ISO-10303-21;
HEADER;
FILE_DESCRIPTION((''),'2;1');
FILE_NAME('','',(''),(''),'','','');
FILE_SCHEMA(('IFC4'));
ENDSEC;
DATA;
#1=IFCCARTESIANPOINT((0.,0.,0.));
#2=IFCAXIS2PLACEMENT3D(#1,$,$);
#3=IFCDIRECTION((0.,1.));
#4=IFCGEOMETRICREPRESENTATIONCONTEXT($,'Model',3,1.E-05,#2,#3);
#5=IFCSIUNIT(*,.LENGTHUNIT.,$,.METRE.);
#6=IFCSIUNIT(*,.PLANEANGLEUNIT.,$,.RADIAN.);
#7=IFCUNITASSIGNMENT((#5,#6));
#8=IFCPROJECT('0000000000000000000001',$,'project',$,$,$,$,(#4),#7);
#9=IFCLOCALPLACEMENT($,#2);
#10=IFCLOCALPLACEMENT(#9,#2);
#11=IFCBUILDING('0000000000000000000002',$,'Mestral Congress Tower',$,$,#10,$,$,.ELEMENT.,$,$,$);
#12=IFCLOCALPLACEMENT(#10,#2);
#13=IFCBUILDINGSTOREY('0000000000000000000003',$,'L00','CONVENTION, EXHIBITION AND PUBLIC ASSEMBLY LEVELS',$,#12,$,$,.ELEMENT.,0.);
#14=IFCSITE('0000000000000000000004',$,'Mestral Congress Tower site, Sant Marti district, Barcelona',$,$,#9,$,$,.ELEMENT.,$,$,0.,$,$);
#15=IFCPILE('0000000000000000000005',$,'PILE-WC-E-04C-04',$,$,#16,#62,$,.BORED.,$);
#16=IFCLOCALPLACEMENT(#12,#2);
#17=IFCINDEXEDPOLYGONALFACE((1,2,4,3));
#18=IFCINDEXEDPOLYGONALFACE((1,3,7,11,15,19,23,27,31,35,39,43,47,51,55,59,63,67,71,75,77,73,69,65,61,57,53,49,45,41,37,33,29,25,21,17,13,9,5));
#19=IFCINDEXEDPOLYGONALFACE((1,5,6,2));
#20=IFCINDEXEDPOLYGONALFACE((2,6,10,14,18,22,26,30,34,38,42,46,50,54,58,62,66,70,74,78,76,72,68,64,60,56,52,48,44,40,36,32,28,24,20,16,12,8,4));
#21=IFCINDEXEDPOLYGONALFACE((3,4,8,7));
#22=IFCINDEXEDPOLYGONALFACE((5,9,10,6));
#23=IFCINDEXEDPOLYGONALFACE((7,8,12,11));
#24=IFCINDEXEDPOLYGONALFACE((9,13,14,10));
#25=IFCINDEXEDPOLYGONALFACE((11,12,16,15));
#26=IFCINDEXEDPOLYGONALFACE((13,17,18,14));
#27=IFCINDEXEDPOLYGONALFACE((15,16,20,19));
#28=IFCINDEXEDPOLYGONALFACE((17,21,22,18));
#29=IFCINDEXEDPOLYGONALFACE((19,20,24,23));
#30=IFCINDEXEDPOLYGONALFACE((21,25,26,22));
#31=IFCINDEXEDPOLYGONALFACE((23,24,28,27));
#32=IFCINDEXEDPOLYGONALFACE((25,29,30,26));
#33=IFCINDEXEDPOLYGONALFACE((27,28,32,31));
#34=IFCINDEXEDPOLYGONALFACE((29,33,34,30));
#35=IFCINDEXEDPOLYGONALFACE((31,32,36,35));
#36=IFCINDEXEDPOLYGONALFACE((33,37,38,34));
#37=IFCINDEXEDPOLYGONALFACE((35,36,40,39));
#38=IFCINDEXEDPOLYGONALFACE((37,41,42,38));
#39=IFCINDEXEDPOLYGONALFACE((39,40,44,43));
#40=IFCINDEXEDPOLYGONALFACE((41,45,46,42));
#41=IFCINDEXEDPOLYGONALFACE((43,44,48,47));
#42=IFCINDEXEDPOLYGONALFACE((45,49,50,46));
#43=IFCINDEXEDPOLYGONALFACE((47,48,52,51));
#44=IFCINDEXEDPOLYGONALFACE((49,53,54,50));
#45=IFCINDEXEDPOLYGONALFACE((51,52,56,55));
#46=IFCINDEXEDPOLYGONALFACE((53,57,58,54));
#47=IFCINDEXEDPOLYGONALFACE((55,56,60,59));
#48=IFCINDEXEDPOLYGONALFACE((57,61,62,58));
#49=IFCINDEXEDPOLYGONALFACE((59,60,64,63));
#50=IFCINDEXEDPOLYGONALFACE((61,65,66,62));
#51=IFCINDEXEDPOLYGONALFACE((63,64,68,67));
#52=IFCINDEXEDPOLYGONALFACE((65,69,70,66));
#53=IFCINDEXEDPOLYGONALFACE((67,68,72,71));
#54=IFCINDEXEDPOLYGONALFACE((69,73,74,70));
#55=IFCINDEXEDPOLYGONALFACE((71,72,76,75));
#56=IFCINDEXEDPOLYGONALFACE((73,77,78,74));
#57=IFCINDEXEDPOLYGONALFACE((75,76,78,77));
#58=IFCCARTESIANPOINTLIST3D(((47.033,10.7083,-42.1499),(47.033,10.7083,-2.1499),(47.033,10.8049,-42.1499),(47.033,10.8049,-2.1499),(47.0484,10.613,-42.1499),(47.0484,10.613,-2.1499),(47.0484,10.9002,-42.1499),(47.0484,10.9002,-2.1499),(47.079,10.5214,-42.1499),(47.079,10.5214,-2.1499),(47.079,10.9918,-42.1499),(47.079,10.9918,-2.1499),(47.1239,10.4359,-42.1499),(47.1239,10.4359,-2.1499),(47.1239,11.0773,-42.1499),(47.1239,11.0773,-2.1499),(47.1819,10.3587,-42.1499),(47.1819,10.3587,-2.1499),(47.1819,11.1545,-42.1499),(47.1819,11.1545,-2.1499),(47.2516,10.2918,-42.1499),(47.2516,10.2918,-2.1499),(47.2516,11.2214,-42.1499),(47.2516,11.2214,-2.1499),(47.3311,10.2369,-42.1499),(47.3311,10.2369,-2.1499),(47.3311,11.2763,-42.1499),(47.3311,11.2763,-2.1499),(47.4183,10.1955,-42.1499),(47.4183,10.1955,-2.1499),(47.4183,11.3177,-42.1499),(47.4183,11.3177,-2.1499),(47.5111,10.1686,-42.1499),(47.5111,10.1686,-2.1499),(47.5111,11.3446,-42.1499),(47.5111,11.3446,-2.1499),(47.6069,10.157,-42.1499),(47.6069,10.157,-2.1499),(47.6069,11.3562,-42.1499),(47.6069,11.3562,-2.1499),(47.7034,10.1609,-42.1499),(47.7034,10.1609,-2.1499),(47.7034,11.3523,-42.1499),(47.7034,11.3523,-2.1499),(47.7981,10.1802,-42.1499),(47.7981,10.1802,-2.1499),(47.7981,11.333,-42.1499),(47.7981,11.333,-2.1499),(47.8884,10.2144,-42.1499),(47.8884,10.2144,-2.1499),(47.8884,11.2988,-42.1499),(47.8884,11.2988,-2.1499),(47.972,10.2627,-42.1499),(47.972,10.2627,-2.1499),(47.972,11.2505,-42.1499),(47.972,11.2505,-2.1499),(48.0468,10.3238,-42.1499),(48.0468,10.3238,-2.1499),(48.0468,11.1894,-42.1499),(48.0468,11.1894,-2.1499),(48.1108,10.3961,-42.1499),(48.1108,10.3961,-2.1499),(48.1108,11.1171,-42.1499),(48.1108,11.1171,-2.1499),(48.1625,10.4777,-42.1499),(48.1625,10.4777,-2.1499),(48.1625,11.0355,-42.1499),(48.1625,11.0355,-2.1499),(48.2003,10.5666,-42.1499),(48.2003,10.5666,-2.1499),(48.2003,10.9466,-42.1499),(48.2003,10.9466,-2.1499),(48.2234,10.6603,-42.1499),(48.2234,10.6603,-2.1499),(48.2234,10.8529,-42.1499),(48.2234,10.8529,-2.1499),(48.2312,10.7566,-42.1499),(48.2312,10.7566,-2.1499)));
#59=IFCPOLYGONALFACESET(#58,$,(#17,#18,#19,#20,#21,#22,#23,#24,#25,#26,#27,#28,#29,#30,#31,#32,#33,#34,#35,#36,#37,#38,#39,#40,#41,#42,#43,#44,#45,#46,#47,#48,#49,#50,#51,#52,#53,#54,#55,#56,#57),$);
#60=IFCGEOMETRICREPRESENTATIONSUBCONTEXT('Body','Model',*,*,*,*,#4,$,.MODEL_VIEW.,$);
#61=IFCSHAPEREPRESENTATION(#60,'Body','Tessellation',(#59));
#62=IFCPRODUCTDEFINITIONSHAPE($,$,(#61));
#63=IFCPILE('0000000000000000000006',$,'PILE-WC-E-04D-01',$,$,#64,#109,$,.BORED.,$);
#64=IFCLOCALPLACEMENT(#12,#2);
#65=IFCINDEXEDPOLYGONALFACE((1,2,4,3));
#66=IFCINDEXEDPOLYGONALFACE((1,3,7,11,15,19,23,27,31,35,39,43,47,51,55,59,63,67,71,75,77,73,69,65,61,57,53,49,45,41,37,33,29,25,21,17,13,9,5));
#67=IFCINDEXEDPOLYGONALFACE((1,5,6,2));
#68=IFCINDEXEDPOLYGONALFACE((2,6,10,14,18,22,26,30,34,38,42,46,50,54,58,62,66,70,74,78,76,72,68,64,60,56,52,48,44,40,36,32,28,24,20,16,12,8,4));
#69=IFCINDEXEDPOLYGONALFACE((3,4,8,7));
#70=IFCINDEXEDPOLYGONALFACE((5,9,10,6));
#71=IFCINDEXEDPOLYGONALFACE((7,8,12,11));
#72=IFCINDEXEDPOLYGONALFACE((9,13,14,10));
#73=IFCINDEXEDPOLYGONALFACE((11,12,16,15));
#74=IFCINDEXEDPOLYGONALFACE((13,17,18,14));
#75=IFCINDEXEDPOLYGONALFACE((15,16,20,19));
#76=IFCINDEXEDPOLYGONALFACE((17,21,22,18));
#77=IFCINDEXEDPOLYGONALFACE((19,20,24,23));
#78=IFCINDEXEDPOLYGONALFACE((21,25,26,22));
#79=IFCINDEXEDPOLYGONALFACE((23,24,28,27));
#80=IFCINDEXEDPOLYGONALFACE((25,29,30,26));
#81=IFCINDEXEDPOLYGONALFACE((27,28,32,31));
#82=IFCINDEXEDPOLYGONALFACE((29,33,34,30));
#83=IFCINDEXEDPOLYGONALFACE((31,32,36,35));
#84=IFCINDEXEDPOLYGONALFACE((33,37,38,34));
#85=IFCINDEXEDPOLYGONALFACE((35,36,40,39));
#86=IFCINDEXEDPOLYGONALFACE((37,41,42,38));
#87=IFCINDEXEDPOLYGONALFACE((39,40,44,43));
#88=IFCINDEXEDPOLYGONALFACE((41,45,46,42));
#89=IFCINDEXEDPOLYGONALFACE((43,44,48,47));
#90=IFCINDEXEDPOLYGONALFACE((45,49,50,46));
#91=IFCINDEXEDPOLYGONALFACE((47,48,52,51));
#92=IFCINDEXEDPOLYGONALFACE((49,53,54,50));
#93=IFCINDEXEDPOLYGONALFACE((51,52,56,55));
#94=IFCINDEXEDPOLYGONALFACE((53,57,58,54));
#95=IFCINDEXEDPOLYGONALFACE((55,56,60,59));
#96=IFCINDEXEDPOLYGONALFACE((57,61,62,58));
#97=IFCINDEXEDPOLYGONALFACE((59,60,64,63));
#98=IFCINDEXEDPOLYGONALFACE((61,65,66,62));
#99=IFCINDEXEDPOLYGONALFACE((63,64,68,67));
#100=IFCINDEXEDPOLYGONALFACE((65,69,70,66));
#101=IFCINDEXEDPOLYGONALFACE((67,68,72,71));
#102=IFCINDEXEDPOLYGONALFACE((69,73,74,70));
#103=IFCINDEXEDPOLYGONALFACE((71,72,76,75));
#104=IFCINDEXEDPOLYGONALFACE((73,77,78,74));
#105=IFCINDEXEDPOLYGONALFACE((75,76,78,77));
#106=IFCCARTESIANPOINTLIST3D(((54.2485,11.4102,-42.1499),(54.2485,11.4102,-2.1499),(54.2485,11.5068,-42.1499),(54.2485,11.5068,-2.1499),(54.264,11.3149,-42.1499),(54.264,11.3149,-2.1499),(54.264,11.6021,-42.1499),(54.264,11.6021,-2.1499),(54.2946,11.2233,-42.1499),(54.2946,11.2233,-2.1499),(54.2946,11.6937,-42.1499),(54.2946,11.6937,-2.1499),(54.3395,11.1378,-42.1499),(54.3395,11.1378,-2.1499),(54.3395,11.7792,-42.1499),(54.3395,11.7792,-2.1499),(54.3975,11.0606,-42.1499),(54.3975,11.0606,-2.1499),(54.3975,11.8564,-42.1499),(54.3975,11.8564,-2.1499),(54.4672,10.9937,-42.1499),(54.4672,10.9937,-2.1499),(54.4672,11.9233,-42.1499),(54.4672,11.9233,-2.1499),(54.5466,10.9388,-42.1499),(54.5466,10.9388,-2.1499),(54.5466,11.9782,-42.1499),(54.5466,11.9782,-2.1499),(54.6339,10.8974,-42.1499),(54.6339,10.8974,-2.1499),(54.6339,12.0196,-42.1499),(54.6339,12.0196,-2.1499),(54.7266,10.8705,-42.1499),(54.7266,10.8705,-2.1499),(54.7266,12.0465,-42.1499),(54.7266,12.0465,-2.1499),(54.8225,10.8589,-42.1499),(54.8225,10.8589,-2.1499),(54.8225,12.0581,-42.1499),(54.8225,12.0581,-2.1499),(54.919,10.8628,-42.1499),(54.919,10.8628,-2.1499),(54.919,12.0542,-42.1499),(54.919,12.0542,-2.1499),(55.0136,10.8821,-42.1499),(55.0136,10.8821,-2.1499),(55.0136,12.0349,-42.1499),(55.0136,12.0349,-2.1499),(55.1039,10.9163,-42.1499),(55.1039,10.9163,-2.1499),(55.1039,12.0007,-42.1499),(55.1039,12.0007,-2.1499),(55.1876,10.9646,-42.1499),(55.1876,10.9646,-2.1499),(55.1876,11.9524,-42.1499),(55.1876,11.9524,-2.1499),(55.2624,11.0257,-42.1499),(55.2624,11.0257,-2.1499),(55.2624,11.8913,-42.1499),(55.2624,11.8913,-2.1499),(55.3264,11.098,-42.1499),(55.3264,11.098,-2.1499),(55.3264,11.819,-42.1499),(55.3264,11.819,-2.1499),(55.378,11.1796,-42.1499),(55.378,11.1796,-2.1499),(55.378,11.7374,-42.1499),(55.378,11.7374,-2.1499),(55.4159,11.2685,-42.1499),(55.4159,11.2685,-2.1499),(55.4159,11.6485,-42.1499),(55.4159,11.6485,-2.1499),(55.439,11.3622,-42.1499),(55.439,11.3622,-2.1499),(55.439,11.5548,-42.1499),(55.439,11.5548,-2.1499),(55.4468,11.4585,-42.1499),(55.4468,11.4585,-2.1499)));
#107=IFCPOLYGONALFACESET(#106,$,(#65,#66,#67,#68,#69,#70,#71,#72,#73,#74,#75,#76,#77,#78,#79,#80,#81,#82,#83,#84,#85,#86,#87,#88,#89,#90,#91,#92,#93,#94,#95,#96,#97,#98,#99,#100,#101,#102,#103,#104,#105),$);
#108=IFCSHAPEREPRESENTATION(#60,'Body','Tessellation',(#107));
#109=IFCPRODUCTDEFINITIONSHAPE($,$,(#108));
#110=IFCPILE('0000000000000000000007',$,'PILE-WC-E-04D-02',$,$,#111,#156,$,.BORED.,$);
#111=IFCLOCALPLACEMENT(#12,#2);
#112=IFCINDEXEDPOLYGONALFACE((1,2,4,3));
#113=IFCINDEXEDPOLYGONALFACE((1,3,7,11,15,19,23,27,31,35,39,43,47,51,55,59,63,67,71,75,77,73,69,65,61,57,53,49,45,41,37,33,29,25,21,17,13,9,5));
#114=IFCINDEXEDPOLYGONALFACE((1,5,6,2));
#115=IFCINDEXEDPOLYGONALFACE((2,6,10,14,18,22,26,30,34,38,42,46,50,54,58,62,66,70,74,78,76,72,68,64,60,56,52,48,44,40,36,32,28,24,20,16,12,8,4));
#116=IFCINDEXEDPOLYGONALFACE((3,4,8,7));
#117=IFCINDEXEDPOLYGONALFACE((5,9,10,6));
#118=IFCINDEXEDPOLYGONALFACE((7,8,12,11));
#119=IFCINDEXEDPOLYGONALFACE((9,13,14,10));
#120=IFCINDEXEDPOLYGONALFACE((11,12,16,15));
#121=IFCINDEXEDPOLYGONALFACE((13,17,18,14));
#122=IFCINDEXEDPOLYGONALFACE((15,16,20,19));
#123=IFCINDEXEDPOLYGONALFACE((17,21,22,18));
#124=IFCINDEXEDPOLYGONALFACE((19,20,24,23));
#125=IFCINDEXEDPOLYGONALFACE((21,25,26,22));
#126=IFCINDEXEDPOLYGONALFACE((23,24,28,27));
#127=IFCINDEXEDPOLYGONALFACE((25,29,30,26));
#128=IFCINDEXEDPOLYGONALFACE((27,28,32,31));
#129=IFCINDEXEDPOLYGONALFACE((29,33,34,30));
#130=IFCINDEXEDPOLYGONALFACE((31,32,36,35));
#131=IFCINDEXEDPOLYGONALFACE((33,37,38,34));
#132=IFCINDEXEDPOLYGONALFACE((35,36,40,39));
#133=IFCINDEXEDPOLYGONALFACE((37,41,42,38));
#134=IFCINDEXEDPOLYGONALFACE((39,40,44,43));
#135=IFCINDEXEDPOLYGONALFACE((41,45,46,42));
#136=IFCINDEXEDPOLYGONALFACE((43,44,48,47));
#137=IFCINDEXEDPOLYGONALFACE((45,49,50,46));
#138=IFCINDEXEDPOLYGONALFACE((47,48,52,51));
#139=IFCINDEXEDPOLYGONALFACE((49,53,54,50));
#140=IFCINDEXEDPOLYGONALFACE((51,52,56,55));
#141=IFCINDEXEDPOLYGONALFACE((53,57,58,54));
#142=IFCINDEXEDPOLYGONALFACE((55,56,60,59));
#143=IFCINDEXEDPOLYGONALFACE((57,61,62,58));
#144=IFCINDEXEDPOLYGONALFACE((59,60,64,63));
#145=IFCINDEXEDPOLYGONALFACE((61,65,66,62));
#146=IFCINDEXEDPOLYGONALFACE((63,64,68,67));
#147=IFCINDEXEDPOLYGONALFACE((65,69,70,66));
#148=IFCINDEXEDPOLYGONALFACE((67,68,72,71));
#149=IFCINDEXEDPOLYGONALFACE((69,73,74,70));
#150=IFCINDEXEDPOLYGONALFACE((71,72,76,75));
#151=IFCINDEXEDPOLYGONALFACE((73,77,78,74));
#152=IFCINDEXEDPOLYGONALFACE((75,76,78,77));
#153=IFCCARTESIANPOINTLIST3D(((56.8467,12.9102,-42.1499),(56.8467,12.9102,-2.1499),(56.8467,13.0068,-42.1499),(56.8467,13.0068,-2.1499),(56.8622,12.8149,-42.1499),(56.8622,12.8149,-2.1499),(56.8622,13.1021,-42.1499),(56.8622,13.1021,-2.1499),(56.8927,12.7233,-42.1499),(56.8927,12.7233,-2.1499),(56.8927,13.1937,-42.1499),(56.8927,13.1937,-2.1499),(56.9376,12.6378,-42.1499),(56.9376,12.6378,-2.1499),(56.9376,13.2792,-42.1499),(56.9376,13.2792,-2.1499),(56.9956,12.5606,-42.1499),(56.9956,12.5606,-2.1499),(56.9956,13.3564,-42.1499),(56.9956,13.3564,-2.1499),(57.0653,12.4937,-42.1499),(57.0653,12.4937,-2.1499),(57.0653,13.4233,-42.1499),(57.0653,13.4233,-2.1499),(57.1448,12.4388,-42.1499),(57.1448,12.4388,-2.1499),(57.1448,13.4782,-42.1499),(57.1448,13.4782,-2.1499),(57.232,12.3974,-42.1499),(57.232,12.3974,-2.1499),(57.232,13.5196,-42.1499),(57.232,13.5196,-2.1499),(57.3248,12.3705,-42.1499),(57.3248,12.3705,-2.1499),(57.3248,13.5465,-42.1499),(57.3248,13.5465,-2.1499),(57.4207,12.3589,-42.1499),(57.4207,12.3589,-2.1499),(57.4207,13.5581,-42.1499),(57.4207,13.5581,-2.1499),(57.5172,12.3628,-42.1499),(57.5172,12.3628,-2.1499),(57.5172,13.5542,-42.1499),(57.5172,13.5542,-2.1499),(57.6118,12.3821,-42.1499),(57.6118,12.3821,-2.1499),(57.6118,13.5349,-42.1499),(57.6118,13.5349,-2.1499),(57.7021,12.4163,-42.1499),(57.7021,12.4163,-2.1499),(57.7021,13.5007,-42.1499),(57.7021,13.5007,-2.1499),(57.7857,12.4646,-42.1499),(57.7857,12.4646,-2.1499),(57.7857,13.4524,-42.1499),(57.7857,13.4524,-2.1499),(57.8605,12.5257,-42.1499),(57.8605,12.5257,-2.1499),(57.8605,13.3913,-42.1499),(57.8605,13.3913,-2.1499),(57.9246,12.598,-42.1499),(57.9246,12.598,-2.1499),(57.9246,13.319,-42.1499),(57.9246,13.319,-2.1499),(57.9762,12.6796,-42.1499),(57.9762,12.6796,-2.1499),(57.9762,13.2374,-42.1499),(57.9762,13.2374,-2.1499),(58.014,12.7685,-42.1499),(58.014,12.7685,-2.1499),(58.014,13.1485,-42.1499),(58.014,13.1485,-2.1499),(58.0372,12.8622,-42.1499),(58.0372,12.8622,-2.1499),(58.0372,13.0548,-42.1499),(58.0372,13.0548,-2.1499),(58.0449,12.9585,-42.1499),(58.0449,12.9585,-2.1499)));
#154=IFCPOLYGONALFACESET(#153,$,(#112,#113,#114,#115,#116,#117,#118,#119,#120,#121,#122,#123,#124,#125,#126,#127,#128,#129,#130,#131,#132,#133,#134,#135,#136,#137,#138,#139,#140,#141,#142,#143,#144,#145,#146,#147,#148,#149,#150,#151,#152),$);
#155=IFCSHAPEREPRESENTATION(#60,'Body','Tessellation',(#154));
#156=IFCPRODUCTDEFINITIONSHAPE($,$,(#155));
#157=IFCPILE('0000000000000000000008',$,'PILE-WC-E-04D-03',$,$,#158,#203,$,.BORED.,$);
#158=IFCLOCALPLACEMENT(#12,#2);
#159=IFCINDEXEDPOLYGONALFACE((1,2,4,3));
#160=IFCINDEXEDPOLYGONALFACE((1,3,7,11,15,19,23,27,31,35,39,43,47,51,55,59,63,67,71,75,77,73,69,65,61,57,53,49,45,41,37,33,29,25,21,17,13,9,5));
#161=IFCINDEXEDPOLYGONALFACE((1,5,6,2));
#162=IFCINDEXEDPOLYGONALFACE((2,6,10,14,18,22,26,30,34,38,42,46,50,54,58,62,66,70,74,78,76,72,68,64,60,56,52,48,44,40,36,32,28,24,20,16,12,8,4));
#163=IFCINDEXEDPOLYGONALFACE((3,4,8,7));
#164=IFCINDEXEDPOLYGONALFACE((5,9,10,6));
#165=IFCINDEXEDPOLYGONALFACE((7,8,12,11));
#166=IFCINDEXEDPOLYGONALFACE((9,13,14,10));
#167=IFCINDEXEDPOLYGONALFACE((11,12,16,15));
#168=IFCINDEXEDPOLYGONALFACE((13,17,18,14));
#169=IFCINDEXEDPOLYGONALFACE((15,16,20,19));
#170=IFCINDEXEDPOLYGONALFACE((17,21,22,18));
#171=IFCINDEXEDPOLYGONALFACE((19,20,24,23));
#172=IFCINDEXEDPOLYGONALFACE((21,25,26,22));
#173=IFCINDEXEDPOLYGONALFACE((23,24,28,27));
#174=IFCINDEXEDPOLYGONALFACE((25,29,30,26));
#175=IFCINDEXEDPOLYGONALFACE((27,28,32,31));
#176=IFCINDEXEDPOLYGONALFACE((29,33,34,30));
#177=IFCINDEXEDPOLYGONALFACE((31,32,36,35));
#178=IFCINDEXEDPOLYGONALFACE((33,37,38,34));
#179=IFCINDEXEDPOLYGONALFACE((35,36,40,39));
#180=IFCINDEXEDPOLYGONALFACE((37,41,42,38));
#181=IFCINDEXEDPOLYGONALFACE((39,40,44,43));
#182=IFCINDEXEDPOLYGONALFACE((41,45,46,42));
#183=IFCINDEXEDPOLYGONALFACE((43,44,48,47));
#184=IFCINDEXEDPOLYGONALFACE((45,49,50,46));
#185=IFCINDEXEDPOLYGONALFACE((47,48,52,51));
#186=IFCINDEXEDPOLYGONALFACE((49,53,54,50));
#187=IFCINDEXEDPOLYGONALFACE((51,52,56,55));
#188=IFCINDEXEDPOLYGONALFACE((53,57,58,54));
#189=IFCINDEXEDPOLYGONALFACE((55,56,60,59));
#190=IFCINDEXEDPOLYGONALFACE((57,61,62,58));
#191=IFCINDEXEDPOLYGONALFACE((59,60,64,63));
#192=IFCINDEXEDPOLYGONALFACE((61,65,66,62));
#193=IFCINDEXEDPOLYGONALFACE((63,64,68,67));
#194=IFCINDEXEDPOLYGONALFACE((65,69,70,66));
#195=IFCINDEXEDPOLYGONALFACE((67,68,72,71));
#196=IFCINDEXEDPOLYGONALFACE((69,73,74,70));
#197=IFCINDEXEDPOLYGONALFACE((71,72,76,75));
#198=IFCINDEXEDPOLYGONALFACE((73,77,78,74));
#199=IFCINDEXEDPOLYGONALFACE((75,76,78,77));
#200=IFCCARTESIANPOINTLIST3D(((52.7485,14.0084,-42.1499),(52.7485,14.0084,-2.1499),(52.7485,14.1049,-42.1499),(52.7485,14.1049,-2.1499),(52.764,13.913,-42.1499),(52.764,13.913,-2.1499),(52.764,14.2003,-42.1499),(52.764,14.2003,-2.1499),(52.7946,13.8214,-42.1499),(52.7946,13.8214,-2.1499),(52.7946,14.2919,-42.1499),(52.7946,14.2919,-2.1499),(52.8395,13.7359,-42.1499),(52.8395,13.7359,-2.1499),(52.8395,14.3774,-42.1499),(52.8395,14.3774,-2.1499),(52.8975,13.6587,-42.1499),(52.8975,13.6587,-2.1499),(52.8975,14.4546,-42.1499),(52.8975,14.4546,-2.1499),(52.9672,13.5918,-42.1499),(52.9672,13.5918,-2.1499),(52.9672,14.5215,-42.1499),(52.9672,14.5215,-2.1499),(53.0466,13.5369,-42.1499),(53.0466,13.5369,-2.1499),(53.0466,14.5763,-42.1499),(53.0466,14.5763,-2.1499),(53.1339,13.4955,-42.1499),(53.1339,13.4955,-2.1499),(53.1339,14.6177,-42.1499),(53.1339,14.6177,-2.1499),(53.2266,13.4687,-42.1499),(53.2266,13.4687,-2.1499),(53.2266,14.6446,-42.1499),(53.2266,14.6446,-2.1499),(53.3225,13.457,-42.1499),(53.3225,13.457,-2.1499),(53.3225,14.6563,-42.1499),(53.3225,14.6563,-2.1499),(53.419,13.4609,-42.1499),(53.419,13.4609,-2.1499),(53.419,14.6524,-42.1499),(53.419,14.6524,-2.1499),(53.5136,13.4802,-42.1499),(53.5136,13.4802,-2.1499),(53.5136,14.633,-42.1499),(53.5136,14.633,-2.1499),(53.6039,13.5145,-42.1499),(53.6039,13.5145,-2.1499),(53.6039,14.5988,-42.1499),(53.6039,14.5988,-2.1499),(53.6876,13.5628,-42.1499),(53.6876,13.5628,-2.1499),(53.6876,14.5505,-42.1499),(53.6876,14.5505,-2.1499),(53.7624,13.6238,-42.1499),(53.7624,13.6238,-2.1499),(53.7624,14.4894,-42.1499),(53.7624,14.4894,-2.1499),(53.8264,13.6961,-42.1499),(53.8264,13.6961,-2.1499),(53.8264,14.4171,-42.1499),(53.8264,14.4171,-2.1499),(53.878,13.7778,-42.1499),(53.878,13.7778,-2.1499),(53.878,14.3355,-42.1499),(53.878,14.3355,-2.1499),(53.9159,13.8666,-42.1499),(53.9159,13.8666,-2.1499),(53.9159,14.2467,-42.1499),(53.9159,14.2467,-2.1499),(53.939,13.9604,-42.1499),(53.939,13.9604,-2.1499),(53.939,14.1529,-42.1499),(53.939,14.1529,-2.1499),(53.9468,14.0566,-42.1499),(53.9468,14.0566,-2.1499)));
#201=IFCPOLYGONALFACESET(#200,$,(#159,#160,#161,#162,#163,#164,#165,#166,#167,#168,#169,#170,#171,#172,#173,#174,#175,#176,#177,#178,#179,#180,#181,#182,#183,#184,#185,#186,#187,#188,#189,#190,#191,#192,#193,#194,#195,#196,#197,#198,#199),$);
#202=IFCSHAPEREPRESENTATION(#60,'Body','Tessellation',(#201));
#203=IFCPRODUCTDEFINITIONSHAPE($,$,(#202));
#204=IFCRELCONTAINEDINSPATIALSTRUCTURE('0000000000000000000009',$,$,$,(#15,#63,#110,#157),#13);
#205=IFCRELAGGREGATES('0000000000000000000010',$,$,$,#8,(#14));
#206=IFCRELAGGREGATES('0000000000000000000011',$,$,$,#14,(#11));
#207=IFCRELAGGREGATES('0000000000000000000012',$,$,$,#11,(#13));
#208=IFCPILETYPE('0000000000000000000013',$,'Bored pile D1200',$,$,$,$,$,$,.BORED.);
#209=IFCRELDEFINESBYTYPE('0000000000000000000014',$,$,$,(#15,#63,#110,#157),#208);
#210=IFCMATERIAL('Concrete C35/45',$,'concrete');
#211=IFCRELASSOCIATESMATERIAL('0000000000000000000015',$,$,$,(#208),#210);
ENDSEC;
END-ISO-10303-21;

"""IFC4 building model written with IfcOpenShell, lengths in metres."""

from ifc_helpers import new_model, si_unit, direction, frame, origin, origin_2d, place, context, subcontext, project, spatial, circle, extrude, material, material_profile, profile_set, type_object, element, save


model = new_model("IFC4")

# Units and contexts
model_context = context("Model", 3, precision=1e-05, world=origin(), true_north=direction((0.0, 1.0)))
body_context = subcontext(model_context, "Body", "Model", "MODEL_VIEW")
ifc_project = project(units=[si_unit("LENGTHUNIT", "METRE"), si_unit("PLANEANGLEUNIT", "RADIAN")], contexts=[model_context])

# Site, building, storey
site_placement = place(None, origin())
site = spatial("IfcSite", under=ifc_project, at=site_placement, Name="Mestral Congress Tower site, Sant Marti district, Barcelona", CompositionType="ELEMENT", RefElevation=0.0)
building_placement = place(site_placement, origin())
building = spatial("IfcBuilding", under=site, at=building_placement, Name="Mestral Congress Tower", CompositionType="ELEMENT")
storey_placement = place(building_placement, origin())
storey = spatial("IfcBuildingStorey", under=building, at=storey_placement, Name="L00", Description="CONVENTION, EXHIBITION AND PUBLIC ASSEMBLY LEVELS", CompositionType="ELEMENT", Elevation=0.0)

# Piles
ifc_material_1 = material(Name="Concrete C35/45", Category="concrete")
ifc_material_profile_1 = material_profile(ifc_material_1, circle(Radius=0.6001, at=origin_2d()), Name="D1200")
ifc_profile_set_1 = profile_set([ifc_material_profile_1], Name="Concrete C35/45")
pile_type = type_object("IfcPileType", Name="Bored pile D1200", PredefinedType="BORED", material=ifc_profile_set_1)
for number, where, z_axis, x_axis, name in (
    (1, (47.6311, 10.7566, -2.1499), (0.0, 0.0, -1.0), (1.0, 0.0, 0.0), "PILE-WC-E-04C-04"),
    (2, (54.8467, 11.4585, -2.1499), (0.0, 0.0, -1.0), (1.0, 0.0, 0.0), "PILE-WC-E-04D-01"),
    (3, (57.4448, 12.9585, -2.1499), (0.0, 0.0, -1.0), (1.0, 0.0, 0.0), "PILE-WC-E-04D-02"),
    (4, (53.3467, 14.0566, -2.1499), (0.0, 0.0, -1.0), (1.0, 0.0, 0.0), "PILE-WC-E-04D-03"),
):
    element("IfcPile", number, at=place(storey_placement, frame(where, z_axis=z_axis, x_axis=x_axis)), inside=storey, type_object=pile_type, Name=name, PredefinedType="BORED", context=body_context, shape_type="SweptSolid", body=[
        extrude(circle(Radius=0.6001, at=origin_2d()), origin(), (0.0, 0.0, 1.0), 40.0),
    ])

save(model, "model.ifc")
